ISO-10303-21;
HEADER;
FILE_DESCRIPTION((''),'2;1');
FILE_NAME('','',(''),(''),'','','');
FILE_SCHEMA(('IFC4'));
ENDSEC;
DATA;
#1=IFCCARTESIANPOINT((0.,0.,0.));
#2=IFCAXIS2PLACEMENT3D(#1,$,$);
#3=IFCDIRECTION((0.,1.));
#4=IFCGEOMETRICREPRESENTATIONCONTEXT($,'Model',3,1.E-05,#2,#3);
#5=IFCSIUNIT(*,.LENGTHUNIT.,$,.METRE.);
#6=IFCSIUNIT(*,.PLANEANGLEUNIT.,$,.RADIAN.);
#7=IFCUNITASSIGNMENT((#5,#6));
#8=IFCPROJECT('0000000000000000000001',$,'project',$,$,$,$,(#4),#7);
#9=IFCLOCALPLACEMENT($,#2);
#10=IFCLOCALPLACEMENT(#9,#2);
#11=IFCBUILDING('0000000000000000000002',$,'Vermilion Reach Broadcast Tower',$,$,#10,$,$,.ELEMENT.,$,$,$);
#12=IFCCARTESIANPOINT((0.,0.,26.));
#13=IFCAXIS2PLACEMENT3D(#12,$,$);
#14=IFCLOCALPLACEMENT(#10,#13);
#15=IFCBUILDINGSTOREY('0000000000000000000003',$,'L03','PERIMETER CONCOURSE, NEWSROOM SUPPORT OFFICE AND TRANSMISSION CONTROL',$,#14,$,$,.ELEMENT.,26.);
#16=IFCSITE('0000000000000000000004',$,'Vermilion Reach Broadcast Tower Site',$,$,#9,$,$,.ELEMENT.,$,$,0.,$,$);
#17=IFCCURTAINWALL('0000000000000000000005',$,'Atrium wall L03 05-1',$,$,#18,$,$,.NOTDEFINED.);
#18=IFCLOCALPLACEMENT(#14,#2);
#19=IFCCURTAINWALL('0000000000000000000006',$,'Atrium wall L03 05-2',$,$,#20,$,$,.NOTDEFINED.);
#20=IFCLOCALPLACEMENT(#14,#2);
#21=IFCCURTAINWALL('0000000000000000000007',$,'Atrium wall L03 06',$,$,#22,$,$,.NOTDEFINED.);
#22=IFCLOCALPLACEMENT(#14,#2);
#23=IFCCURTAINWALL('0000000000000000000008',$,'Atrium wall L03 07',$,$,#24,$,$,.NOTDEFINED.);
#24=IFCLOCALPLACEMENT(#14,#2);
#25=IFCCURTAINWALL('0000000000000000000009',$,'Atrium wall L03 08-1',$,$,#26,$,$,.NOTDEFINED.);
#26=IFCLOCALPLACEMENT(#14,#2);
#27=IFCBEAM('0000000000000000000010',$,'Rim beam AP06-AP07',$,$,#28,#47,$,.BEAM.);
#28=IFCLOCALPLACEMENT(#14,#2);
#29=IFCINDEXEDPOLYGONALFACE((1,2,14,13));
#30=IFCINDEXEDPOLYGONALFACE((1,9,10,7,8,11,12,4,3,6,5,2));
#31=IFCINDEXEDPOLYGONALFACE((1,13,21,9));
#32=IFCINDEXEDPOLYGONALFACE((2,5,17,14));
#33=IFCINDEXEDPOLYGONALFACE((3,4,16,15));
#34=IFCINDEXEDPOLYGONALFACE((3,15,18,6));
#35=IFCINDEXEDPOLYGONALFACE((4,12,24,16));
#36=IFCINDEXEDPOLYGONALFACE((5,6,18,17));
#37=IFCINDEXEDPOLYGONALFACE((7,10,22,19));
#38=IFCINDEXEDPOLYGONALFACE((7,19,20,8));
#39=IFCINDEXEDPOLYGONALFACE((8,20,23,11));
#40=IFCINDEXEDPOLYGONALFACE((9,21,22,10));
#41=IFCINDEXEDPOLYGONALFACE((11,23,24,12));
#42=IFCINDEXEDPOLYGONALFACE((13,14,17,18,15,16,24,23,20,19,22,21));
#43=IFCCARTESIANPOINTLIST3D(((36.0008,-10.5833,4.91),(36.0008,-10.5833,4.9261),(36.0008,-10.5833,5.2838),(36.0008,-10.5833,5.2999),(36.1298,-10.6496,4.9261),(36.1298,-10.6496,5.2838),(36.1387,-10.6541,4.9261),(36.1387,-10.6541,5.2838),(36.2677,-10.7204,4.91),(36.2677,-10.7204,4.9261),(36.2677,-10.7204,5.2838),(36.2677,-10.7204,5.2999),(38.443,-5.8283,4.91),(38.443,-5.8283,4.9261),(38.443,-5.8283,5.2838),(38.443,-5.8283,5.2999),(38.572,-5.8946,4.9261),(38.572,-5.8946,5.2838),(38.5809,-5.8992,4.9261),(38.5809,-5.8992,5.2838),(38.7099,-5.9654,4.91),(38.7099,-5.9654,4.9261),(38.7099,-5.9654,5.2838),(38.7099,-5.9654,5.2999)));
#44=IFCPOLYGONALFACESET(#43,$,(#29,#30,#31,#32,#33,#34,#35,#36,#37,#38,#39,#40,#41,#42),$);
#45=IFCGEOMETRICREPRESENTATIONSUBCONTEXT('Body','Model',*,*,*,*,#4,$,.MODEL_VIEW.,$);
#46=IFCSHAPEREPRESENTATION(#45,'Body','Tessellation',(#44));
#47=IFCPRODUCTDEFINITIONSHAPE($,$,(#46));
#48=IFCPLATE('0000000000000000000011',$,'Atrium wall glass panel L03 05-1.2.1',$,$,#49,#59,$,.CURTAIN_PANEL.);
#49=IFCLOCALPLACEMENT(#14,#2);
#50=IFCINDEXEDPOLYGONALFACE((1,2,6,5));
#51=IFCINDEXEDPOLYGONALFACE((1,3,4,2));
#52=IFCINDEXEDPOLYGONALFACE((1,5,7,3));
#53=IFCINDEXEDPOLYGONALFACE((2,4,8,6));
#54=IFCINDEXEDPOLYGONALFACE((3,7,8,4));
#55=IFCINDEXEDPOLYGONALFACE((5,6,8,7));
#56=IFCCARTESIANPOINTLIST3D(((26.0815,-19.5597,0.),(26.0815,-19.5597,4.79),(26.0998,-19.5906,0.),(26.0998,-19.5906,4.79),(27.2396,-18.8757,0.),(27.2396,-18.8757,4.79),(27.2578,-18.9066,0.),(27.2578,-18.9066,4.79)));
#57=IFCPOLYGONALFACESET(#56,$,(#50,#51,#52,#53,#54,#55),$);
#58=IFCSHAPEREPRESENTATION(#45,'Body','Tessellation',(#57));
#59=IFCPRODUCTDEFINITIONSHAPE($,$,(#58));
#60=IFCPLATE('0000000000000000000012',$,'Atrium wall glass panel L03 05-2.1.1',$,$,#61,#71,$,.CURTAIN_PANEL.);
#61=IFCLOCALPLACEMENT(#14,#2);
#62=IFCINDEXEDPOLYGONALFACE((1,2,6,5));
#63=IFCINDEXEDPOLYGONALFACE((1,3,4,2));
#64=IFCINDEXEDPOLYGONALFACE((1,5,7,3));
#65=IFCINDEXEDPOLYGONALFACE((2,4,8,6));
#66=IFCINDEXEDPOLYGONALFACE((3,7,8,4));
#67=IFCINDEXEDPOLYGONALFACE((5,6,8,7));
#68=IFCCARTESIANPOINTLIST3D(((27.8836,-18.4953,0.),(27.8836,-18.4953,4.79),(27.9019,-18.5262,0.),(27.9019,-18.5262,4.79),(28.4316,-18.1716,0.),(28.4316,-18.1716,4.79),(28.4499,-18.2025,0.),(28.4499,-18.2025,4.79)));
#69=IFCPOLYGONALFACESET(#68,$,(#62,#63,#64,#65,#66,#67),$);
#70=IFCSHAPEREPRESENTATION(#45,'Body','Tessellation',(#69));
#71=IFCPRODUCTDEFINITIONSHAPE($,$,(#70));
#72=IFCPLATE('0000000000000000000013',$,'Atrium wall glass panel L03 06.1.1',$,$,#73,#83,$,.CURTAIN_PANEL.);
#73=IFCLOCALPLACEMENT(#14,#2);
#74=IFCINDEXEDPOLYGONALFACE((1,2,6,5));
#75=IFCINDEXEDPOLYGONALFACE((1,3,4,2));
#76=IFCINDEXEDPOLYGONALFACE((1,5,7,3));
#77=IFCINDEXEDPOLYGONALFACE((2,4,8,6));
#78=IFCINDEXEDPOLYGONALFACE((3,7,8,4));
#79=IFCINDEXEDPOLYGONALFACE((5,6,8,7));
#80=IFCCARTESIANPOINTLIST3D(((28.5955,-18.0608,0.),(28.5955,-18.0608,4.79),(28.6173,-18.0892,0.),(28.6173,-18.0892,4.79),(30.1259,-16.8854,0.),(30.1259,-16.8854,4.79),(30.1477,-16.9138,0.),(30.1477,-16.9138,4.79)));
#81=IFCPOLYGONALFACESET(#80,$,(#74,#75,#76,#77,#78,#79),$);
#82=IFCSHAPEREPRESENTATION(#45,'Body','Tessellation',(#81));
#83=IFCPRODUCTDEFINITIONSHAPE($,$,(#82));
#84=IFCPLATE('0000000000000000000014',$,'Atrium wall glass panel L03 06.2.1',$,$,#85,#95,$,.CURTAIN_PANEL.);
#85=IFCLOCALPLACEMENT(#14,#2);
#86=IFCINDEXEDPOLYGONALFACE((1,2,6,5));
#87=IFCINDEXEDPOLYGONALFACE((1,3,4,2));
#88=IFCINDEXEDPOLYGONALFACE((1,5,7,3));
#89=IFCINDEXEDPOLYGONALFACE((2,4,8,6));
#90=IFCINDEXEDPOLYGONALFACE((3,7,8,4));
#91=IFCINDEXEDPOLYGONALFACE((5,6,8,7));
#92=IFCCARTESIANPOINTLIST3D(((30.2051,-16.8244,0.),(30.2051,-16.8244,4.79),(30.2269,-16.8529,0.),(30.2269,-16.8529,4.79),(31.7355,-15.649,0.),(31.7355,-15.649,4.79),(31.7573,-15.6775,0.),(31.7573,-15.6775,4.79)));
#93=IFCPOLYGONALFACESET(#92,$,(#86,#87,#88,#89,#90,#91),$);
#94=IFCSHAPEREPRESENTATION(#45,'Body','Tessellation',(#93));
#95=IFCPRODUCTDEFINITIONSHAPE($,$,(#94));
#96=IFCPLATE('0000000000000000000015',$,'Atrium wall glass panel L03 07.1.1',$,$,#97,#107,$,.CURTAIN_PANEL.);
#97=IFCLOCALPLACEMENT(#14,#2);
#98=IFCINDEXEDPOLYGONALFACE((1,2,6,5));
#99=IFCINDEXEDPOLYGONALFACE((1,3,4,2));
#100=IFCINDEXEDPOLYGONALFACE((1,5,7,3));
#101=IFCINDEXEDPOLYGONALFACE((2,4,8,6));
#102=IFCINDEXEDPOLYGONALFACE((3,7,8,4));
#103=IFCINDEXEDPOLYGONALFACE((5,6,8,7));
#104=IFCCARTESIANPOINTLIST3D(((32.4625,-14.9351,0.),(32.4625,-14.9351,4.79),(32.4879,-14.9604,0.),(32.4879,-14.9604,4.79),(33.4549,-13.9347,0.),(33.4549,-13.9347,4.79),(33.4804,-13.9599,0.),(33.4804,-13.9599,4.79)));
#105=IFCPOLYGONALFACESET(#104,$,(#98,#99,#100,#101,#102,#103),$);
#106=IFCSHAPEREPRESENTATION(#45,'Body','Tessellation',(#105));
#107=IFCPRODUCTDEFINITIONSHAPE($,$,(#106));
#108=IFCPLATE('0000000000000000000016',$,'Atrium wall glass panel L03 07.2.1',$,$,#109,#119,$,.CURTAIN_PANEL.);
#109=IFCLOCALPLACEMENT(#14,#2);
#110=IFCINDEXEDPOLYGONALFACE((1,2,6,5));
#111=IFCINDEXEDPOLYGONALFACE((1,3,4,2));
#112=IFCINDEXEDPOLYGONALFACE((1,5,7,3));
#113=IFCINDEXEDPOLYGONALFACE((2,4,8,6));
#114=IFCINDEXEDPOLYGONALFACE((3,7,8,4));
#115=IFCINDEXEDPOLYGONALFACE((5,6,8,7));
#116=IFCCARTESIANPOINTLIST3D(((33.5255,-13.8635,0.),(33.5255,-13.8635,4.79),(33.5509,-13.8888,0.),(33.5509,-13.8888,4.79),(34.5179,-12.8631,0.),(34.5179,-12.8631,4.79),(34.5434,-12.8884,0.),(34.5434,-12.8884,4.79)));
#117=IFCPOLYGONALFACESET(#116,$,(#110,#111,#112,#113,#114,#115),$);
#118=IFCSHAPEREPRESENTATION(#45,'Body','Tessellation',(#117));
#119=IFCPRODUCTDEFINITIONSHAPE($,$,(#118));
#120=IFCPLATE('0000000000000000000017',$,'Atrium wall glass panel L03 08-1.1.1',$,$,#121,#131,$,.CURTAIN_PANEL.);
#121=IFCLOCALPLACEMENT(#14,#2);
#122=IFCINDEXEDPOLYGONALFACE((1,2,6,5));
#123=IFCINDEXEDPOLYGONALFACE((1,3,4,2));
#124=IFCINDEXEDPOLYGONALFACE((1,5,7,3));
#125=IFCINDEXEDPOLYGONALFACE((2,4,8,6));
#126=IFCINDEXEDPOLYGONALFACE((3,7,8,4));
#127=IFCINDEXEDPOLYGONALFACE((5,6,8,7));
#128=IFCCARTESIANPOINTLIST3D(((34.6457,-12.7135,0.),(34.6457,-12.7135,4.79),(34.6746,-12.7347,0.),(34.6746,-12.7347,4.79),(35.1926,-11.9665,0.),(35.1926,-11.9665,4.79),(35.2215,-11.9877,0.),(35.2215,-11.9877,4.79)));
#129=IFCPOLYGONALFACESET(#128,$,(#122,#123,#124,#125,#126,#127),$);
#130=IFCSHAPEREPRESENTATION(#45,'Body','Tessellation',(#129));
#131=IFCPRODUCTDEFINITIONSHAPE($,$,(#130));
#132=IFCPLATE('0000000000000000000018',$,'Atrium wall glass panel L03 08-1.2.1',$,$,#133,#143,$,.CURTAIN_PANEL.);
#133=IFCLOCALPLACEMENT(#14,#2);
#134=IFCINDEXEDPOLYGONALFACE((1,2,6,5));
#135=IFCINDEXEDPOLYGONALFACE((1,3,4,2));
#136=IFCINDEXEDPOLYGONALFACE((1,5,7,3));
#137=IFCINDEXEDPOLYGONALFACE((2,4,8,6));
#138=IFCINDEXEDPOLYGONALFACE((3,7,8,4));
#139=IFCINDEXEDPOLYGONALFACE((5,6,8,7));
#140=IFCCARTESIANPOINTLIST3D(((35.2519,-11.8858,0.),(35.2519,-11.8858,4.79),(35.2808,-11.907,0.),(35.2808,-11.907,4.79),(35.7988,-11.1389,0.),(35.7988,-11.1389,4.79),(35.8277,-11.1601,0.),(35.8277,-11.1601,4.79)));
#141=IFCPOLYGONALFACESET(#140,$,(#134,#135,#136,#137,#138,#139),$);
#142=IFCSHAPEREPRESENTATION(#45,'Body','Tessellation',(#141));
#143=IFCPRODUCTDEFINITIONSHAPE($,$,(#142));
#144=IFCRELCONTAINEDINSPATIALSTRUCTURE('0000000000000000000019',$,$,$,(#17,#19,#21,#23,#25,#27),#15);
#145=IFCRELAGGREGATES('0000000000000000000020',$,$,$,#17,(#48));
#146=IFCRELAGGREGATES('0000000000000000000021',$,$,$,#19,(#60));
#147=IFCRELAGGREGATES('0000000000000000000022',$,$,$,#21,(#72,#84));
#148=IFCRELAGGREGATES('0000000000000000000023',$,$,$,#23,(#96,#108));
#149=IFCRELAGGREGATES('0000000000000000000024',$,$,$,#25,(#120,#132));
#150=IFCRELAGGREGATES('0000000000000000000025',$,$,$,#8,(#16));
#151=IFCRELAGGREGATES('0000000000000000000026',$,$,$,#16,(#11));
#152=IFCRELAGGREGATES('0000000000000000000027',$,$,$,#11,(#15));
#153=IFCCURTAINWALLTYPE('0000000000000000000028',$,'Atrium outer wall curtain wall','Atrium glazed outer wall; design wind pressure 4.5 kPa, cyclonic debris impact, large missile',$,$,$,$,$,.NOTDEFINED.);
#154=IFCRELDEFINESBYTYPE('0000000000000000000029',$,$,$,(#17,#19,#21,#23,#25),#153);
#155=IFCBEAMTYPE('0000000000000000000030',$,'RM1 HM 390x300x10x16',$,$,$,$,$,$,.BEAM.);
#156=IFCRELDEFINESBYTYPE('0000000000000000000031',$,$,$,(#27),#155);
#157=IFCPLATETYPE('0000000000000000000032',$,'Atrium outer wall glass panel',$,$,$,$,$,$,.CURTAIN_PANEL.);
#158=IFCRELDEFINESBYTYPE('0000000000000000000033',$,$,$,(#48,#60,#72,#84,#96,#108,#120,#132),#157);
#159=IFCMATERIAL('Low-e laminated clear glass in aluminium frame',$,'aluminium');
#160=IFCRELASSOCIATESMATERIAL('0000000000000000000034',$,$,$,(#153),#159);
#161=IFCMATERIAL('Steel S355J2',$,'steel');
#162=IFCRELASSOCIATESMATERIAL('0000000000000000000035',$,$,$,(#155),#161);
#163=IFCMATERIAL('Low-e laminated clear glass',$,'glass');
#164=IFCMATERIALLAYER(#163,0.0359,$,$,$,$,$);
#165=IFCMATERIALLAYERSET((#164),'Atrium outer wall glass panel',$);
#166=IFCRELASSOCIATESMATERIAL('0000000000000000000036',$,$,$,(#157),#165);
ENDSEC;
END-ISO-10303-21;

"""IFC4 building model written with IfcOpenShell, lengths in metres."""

from ifc_helpers import new_model, si_unit, direction, frame, origin, origin_2d, place, context, subcontext, project, spatial, rectangle, i_section, extrude, material, layer, layer_set, material_profile, profile_set, type_object, element, aggregate, save


model = new_model("IFC4")

# Units and contexts
model_context = context("Model", 3, precision=1e-05, world=origin(), true_north=direction((0.0, 1.0)))
body_context = subcontext(model_context, "Body", "Model", "MODEL_VIEW")
ifc_project = project(units=[si_unit("LENGTHUNIT", "METRE"), si_unit("PLANEANGLEUNIT", "RADIAN")], contexts=[model_context])

# Site, building, storey
site_placement = place(None, origin())
site = spatial("IfcSite", under=ifc_project, at=site_placement, Name="Vermilion Reach Broadcast Tower Site", CompositionType="ELEMENT", RefElevation=0.0)
building_placement = place(site_placement, origin())
building = spatial("IfcBuilding", under=site, at=building_placement, Name="Vermilion Reach Broadcast Tower", CompositionType="ELEMENT")
storey_placement = place(building_placement, frame((0.0, 0.0, 26.0)))
storey = spatial("IfcBuildingStorey", under=building, at=storey_placement, Name="L03", Description="PERIMETER CONCOURSE, NEWSROOM SUPPORT OFFICE AND TRANSMISSION CONTROL", CompositionType="ELEMENT", Elevation=26.0)

# Curtain wall
ifc_material_1 = material(Name="Low-e laminated clear glass in aluminium frame", Category="aluminium")
curtain_wall_type = type_object("IfcCurtainWallType", Name="Atrium outer wall curtain wall", Description="Atrium glazed outer wall; design wind pressure 4.5 kPa, cyclonic debris impact, large missile", PredefinedType="NOTDEFINED", material=ifc_material_1)
placement = place(storey_placement, origin())
curtain_wall_1 = element("IfcCurtainWall", 1, at=placement, inside=storey, type_object=curtain_wall_type, Name="Atrium wall L03 05-1", PredefinedType="NOTDEFINED")

# Curtain walls
curtain_wall_2 = element("IfcCurtainWall", 2, at=placement, inside=storey, type_object=curtain_wall_type, Name="Atrium wall L03 05-2", PredefinedType="NOTDEFINED")
curtain_wall_3 = element("IfcCurtainWall", 3, at=placement, inside=storey, type_object=curtain_wall_type, Name="Atrium wall L03 06", PredefinedType="NOTDEFINED")
curtain_wall_4 = element("IfcCurtainWall", 4, at=placement, inside=storey, type_object=curtain_wall_type, Name="Atrium wall L03 07", PredefinedType="NOTDEFINED")
curtain_wall_5 = element("IfcCurtainWall", 5, at=placement, inside=storey, type_object=curtain_wall_type, Name="Atrium wall L03 08-1", PredefinedType="NOTDEFINED")

# Beam
ifc_material_2 = material(Name="Steel S355J2", Category="steel")
ifc_material_profile_1 = material_profile(ifc_material_2, i_section(OverallWidth=0.3, OverallDepth=0.3899, WebThickness=0.01, FlangeThickness=0.0161, at=origin_2d()), Name="S355J2 HM 390x300x10x16")
ifc_profile_set_1 = profile_set([ifc_material_profile_1], Name="Steel S355J2")
beam_type = type_object("IfcBeamType", Name="RM1 HM 390x300x10x16", PredefinedType="BEAM", material=ifc_profile_set_1)
beam_1_placement = place(storey_placement, frame((36.1343, -10.6519, 5.105), z_axis=(0.45687, 0.889533, 0.0), x_axis=(-0.889533, 0.45687, 0.0)))
element("IfcBeam", 6, at=beam_1_placement, inside=storey, type_object=beam_type, Name="Rim beam AP06-AP07", PredefinedType="BEAM", context=body_context, shape_type="SweptSolid", body=[
    extrude(i_section(OverallWidth=0.3, OverallDepth=0.3899, WebThickness=0.01, FlangeThickness=0.0161, at=origin_2d()), origin(), (0.0, 0.0, 1.0), 5.3455),
])

# Plates
ifc_material_3 = material(Name="Low-e laminated clear glass", Category="glass")
ifc_layer = layer(ifc_material_3, 0.0359)
ifc_layer_set = layer_set([ifc_layer], Name="Atrium outer wall glass panel")
plate_type = type_object("IfcPlateType", Name="Atrium outer wall glass panel", PredefinedType="CURTAIN_PANEL", material=ifc_layer_set)
plate_1_placement = place(storey_placement, frame((26.6697, -19.2332, 0.0), z_axis=(0.0, 0.0, 1.0), x_axis=(0.861009, 0.50859, 0.0)))
plate_1 = element("IfcPlate", 7, at=plate_1_placement, type_object=plate_type, Name="Atrium wall glass panel L03 05-1.2.1", PredefinedType="CURTAIN_PANEL", context=body_context, shape_type="SweptSolid", body=[
    extrude(rectangle(XDim=1.345, YDim=0.0359, at=origin_2d()), origin(), (0.0, 0.0, 1.0), 4.79),
])
aggregate(curtain_wall_1, [plate_1])
plate_2_placement = place(storey_placement, frame((28.1667, -18.3489, 0.0), z_axis=(0.0, 0.0, 1.0), x_axis=(0.861009, 0.50859, 0.0)))
plate_2 = element("IfcPlate", 8, at=plate_2_placement, type_object=plate_type, Name="Atrium wall glass panel L03 05-2.1.1", PredefinedType="CURTAIN_PANEL", context=body_context, shape_type="SweptSolid", body=[
    extrude(rectangle(XDim=0.6365, YDim=0.0359, at=origin_2d()), origin(), (0.0, 0.0, 1.0), 4.79),
])
aggregate(curtain_wall_2, [plate_2])
plate_3_placement = place(storey_placement, frame((29.3716, -17.4873, 0.0), z_axis=(0.0, 0.0, 1.0), x_axis=(0.793083, 0.609114, 0.0)))
plate_3 = element("IfcPlate", 9, at=plate_3_placement, type_object=plate_type, Name="Atrium wall glass panel L03 06.1.1", PredefinedType="CURTAIN_PANEL", context=body_context, shape_type="SweptSolid", body=[
    extrude(rectangle(XDim=1.9297, YDim=0.0359, at=origin_2d()), origin(), (0.0, 0.0, 1.0), 4.79),
])
plate_4_placement = place(storey_placement, frame((30.9812, -16.251, 0.0), z_axis=(0.0, 0.0, 1.0), x_axis=(0.793083, 0.609114, 0.0)))
plate_4 = element("IfcPlate", 10, at=plate_4_placement, type_object=plate_type, Name="Atrium wall glass panel L03 06.2.1", PredefinedType="CURTAIN_PANEL", context=body_context, shape_type="SweptSolid", body=[
    extrude(rectangle(XDim=1.9297, YDim=0.0359, at=origin_2d()), origin(), (0.0, 0.0, 1.0), 4.79),
])
aggregate(curtain_wall_3, [plate_3, plate_4])
plate_5_placement = place(storey_placement, frame((32.9714, -14.4475, 0.0), z_axis=(0.0, 0.0, 1.0), x_axis=(0.704276, 0.709926, 0.0)))
plate_5 = element("IfcPlate", 11, at=plate_5_placement, type_object=plate_type, Name="Atrium wall glass panel L03 07.1.1", PredefinedType="CURTAIN_PANEL", context=body_context, shape_type="SweptSolid", body=[
    extrude(rectangle(XDim=1.4092, YDim=0.0359, at=origin_2d()), origin(), (0.0, 0.0, 1.0), 4.79),
])
plate_6_placement = place(storey_placement, frame((34.0344, -13.376, 0.0), z_axis=(0.0, 0.0, 1.0), x_axis=(0.704276, 0.709926, 0.0)))
plate_6 = element("IfcPlate", 12, at=plate_6_placement, type_object=plate_type, Name="Atrium wall glass panel L03 07.2.1", PredefinedType="CURTAIN_PANEL", context=body_context, shape_type="SweptSolid", body=[
    extrude(rectangle(XDim=1.4092, YDim=0.0359, at=origin_2d()), origin(), (0.0, 0.0, 1.0), 4.79),
])
aggregate(curtain_wall_4, [plate_5, plate_6])
plate_7_placement = place(storey_placement, frame((34.9336, -12.3506, 0.0), z_axis=(0.0, 0.0, 1.0), x_axis=(0.59076, 0.806847, 0.0)))
plate_7 = element("IfcPlate", 13, at=plate_7_placement, type_object=plate_type, Name="Atrium wall glass panel L03 08-1.1.1", PredefinedType="CURTAIN_PANEL", context=body_context, shape_type="SweptSolid", body=[
    extrude(rectangle(XDim=0.9258, YDim=0.0359, at=origin_2d()), origin(), (0.0, 0.0, 1.0), 4.79),
])
plate_8_placement = place(storey_placement, frame((35.5398, -11.5229, 0.0), z_axis=(0.0, 0.0, 1.0), x_axis=(0.59076, 0.806847, 0.0)))
plate_8 = element("IfcPlate", 14, at=plate_8_placement, type_object=plate_type, Name="Atrium wall glass panel L03 08-1.2.1", PredefinedType="CURTAIN_PANEL", context=body_context, shape_type="SweptSolid", body=[
    extrude(rectangle(XDim=0.9258, YDim=0.0359, at=origin_2d()), origin(), (0.0, 0.0, 1.0), 4.79),
])
aggregate(curtain_wall_5, [plate_7, plate_8])

save(model, "model.ifc")
